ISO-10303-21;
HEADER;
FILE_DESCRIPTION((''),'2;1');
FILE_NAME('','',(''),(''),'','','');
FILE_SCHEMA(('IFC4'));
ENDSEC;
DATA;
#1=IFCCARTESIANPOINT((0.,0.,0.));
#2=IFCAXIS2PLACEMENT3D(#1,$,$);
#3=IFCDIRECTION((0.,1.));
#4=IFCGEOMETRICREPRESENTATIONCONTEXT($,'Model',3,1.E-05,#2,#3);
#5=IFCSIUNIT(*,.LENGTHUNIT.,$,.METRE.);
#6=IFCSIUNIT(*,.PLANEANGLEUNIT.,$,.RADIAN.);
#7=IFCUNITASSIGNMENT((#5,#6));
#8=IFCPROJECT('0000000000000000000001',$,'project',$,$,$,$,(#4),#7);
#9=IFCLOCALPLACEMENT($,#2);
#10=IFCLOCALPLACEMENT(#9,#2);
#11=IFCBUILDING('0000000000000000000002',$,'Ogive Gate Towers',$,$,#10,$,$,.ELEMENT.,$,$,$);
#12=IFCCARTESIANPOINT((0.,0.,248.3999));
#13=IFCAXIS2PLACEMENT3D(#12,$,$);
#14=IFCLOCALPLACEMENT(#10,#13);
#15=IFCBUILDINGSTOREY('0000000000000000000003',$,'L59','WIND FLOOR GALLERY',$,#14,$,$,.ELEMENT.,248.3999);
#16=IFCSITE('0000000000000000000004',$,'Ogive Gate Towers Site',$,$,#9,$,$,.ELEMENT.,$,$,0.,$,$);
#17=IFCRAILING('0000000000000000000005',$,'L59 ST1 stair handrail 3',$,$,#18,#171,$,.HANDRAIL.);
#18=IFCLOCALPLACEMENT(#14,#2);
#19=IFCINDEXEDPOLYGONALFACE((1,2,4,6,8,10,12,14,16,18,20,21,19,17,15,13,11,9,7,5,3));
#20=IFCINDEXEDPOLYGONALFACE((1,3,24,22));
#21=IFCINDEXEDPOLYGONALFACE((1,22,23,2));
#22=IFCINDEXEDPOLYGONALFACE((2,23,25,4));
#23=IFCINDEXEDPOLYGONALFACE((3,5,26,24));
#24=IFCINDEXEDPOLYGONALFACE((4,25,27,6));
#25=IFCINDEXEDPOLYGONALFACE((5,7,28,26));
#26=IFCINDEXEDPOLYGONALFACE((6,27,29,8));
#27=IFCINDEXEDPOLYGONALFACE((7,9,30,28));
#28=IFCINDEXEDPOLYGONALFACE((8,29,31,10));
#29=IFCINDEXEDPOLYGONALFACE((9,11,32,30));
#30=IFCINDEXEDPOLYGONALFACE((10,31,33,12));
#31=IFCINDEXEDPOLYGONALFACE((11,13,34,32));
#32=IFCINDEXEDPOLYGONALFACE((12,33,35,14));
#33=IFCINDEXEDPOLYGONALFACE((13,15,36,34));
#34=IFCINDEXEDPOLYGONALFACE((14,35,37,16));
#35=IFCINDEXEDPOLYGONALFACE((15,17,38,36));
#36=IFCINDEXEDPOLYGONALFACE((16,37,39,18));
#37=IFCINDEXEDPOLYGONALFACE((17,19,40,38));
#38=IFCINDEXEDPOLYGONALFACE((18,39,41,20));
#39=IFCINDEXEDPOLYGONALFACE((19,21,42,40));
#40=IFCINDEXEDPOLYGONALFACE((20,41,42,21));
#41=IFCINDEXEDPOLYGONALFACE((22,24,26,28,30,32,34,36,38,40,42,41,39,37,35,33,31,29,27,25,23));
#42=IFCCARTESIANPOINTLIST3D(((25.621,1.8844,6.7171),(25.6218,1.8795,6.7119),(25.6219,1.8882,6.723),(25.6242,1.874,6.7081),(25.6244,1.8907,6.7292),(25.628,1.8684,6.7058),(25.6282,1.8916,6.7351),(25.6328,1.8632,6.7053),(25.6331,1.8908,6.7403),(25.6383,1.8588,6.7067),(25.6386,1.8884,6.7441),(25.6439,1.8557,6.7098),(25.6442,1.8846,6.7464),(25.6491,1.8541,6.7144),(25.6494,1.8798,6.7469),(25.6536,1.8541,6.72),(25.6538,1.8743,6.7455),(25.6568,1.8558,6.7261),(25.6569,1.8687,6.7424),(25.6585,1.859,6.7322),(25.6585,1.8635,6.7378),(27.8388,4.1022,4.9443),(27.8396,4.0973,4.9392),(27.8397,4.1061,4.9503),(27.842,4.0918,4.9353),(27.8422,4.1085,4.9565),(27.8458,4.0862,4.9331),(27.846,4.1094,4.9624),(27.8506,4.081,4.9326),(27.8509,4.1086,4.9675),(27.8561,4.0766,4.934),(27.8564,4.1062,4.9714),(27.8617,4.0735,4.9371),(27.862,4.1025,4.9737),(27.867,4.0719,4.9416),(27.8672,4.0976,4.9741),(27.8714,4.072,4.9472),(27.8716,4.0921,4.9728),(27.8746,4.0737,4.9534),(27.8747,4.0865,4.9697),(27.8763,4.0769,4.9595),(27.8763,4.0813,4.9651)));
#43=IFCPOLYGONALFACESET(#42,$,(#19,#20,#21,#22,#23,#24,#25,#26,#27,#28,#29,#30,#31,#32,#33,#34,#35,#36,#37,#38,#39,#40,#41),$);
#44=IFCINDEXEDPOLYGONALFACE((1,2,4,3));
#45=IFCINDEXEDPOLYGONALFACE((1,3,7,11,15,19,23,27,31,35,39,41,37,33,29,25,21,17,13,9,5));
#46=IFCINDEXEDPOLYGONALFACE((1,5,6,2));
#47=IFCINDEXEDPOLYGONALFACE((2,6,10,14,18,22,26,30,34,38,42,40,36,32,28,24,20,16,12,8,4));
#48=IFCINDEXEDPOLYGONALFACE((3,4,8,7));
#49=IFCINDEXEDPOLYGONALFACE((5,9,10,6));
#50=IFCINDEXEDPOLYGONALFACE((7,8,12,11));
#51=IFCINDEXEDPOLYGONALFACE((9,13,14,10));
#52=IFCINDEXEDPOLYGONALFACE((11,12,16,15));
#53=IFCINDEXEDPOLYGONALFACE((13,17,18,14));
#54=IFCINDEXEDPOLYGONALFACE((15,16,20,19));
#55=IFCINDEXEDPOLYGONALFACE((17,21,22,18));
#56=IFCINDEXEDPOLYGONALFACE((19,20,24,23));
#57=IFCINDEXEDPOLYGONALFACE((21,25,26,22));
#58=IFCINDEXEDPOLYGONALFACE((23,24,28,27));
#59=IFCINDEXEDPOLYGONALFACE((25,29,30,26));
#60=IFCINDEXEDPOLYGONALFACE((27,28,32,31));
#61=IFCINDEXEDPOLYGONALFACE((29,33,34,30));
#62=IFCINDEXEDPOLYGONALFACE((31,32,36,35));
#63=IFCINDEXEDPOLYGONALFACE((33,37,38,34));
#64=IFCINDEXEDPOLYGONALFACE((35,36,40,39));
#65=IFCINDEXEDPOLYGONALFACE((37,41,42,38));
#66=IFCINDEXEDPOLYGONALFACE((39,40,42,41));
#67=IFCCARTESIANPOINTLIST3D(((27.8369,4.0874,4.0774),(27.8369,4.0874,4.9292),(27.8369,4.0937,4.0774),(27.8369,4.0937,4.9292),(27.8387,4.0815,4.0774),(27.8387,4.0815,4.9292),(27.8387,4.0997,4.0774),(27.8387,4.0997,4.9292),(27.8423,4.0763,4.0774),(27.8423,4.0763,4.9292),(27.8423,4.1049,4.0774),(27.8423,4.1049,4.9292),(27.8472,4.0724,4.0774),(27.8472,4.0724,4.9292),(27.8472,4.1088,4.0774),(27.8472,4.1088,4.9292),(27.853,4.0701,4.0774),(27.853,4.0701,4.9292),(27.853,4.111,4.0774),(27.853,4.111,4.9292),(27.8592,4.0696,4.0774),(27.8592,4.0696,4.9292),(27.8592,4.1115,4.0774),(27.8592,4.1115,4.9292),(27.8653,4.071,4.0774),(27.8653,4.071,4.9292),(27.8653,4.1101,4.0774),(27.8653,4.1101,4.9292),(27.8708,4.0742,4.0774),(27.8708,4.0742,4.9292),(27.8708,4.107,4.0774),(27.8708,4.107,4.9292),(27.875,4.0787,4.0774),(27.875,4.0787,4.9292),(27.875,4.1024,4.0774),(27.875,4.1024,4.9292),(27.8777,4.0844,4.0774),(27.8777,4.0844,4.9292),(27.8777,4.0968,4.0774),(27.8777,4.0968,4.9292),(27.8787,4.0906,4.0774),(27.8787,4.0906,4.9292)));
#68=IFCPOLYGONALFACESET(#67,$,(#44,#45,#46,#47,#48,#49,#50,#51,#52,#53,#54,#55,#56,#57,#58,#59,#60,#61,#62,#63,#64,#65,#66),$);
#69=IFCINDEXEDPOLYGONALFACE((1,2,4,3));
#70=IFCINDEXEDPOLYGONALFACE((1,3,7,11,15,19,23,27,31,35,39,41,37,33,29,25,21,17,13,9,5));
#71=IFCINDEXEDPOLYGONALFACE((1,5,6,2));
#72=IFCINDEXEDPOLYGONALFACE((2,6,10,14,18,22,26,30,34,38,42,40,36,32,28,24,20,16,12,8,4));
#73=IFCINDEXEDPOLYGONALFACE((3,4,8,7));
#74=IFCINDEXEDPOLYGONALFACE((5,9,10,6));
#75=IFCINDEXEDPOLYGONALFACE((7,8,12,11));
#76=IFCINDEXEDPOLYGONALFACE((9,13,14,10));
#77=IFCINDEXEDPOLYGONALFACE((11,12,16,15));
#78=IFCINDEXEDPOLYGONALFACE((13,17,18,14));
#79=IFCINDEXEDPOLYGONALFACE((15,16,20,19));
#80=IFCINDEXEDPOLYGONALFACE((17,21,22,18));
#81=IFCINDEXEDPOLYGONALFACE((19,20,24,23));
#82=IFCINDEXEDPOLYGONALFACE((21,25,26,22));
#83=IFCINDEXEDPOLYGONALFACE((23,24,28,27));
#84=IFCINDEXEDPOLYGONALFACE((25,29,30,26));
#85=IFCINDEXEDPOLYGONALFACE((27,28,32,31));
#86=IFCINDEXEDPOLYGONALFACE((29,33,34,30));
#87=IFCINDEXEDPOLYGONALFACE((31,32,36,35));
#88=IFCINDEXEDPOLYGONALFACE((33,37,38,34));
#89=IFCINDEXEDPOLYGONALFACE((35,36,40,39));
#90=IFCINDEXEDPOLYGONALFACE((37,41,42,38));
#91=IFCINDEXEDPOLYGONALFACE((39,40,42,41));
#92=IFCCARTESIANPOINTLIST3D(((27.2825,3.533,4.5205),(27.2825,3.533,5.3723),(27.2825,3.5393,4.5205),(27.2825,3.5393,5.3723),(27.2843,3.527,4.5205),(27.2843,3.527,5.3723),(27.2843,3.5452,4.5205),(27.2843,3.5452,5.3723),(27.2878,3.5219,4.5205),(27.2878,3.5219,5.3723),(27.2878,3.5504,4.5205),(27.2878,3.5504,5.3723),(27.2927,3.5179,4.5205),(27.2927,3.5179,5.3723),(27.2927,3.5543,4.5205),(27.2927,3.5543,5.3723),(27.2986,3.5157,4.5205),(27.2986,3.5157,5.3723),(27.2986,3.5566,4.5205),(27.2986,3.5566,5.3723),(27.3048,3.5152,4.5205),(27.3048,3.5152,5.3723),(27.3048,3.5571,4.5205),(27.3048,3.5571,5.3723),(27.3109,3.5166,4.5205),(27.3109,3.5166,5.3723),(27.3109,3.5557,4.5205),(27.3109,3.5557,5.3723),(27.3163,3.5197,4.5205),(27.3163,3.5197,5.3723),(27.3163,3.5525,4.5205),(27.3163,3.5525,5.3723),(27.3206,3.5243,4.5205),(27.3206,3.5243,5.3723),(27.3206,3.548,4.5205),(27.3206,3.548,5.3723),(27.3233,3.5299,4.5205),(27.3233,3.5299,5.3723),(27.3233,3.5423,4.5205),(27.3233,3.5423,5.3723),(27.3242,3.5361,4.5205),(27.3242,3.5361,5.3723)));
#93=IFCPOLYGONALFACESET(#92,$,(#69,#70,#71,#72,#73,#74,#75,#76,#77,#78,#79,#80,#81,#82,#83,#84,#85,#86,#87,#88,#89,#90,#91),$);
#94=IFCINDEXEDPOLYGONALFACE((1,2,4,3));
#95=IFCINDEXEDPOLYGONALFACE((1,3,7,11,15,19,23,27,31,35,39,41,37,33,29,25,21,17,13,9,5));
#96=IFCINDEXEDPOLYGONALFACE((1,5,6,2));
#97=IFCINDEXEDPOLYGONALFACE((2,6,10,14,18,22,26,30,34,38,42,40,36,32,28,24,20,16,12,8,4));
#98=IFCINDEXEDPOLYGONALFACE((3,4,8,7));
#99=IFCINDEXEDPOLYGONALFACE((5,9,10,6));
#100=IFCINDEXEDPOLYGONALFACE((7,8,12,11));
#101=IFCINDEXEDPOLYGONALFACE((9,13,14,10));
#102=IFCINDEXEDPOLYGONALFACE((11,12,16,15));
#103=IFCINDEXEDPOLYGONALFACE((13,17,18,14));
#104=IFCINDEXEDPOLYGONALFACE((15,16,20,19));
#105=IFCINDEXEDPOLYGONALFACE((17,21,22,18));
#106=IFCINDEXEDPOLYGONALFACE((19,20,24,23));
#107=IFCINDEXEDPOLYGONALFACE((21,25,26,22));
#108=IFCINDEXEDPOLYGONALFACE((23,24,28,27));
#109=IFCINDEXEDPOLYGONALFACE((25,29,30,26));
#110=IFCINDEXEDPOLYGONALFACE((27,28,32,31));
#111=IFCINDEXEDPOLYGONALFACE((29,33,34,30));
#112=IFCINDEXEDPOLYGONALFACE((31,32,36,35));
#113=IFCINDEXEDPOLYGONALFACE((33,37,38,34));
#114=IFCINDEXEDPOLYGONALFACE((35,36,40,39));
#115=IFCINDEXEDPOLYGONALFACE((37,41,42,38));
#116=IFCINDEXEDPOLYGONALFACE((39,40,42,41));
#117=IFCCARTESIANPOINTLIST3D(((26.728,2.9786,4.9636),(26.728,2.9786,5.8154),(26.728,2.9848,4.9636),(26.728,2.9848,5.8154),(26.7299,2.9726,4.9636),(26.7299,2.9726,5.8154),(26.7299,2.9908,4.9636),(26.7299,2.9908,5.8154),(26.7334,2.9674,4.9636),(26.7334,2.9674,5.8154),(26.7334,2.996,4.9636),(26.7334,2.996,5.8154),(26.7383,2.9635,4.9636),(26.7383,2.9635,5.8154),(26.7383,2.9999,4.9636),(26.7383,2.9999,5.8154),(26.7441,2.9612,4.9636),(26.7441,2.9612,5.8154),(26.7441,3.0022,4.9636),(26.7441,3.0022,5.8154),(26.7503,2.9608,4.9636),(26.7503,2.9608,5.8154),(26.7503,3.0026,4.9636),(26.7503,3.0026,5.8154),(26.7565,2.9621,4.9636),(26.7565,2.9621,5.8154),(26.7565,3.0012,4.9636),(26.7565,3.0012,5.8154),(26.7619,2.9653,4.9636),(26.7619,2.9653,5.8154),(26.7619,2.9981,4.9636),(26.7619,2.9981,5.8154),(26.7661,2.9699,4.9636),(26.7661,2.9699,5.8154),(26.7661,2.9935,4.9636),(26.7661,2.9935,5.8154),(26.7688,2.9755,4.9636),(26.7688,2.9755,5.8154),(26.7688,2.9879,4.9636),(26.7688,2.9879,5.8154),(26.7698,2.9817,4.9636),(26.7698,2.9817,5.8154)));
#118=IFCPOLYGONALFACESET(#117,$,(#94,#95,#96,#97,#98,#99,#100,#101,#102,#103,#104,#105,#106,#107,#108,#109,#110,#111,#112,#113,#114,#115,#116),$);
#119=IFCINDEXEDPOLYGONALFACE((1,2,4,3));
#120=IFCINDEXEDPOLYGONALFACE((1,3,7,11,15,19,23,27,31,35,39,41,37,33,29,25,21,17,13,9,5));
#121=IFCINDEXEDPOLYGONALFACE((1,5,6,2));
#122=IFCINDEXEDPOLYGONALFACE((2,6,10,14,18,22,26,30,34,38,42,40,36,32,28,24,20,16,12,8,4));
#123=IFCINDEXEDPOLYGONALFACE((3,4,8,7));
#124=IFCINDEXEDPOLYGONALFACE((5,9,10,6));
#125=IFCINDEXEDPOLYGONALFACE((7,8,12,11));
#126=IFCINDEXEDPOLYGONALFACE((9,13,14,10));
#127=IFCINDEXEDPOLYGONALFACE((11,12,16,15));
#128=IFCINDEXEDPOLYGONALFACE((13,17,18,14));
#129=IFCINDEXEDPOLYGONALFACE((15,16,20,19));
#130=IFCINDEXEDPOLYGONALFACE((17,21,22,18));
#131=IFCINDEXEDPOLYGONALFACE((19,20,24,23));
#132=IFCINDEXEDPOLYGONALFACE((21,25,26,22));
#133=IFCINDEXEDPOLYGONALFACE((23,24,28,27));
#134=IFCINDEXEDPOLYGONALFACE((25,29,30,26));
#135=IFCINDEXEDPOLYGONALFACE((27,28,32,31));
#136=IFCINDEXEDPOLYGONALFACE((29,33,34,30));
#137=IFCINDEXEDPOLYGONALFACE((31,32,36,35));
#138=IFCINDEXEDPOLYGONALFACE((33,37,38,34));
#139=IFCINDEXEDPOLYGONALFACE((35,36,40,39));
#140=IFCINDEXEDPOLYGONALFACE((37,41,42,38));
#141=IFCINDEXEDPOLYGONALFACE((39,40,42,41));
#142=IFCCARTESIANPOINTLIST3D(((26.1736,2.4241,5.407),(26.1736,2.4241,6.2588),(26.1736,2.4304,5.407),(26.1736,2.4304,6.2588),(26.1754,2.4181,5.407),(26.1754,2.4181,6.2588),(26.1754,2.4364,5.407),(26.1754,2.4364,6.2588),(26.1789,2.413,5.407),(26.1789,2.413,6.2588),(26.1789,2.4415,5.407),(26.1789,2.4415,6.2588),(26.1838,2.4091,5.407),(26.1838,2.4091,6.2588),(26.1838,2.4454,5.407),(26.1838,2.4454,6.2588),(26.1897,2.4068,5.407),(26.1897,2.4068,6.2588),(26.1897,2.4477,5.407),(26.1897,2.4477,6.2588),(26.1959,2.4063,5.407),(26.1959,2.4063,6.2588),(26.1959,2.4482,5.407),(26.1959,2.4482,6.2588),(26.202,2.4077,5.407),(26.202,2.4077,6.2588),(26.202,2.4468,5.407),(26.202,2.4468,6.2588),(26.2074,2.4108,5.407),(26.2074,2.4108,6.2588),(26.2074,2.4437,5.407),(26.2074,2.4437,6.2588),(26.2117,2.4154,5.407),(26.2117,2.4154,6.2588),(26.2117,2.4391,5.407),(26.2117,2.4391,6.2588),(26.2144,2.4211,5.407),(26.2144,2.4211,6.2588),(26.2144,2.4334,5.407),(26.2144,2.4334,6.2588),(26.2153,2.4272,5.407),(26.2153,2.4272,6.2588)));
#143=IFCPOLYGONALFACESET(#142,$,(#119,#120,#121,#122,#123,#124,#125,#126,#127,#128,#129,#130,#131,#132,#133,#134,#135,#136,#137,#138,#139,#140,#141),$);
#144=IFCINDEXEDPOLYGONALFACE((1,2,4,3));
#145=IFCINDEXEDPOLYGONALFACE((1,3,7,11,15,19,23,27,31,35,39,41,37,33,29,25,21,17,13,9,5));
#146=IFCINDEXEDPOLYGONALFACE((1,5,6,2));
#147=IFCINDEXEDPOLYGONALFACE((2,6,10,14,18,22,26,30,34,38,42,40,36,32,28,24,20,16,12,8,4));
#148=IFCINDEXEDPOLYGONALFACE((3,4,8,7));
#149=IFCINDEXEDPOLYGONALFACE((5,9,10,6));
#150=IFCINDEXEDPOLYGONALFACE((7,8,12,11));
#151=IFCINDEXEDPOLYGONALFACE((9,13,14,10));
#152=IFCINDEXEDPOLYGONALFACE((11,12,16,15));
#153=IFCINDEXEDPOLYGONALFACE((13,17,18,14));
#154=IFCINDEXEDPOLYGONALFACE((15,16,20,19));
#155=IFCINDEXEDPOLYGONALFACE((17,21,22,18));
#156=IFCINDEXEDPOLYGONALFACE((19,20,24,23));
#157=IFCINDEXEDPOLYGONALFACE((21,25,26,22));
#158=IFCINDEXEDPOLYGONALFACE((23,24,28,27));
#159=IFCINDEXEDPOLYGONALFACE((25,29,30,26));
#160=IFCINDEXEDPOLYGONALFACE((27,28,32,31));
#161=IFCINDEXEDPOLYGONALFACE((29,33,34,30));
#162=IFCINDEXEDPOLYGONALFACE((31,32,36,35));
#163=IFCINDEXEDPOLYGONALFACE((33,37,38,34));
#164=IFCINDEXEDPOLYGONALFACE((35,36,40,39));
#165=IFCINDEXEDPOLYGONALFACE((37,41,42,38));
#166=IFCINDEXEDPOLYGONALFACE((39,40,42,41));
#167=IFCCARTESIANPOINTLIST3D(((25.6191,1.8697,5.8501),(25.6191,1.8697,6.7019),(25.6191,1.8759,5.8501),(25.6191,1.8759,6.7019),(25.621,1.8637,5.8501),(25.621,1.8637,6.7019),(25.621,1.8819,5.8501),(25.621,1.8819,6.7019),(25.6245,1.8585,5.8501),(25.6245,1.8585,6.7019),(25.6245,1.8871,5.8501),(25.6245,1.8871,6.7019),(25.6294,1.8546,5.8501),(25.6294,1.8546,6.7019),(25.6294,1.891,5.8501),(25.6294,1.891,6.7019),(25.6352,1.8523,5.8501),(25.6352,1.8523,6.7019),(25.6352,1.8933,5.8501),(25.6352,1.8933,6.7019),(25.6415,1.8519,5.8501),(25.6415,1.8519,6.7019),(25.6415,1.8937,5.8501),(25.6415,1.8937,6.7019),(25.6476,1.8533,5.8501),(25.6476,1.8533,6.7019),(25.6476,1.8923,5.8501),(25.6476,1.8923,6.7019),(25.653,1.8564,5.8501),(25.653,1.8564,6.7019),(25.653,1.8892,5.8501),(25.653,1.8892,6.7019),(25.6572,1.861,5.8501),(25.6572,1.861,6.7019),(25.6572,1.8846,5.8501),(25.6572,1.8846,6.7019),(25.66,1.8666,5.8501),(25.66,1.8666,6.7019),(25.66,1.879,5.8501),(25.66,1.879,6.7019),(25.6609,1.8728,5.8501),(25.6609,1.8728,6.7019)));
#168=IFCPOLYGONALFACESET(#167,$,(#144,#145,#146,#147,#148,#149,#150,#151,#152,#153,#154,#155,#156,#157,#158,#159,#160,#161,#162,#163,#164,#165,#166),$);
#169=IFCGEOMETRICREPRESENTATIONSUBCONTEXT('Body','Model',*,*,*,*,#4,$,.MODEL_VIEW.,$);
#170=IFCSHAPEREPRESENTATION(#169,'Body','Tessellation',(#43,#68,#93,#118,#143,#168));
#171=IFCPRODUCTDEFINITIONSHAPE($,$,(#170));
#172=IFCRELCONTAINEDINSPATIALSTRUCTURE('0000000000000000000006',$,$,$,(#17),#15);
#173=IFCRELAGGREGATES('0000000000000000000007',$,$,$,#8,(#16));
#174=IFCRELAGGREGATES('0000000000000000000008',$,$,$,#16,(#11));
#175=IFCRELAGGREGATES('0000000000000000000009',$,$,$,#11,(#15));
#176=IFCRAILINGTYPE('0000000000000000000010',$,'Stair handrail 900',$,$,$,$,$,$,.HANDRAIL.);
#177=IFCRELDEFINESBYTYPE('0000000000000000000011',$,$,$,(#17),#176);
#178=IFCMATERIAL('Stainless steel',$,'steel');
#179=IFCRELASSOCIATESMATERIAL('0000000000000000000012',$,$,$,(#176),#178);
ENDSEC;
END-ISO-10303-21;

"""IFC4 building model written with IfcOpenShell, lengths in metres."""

from ifc_helpers import new_model, si_unit, direction, frame, origin, origin_2d, place, context, subcontext, project, spatial, circle, extrude, material, type_object, element, save


model = new_model("IFC4")

# Units and contexts
model_context = context("Model", 3, precision=1e-05, world=origin(), true_north=direction((0.0, 1.0)))
body_context = subcontext(model_context, "Body", "Model", "MODEL_VIEW")
ifc_project = project(units=[si_unit("LENGTHUNIT", "METRE"), si_unit("PLANEANGLEUNIT", "RADIAN")], contexts=[model_context])

# Site, building, storey
site_placement = place(None, origin())
site = spatial("IfcSite", under=ifc_project, at=site_placement, Name="Ogive Gate Towers Site", CompositionType="ELEMENT", RefElevation=0.0)
building_placement = place(site_placement, origin())
building = spatial("IfcBuilding", under=site, at=building_placement, Name="Ogive Gate Towers", CompositionType="ELEMENT")
storey_placement = place(building_placement, frame((0.0, 0.0, 248.3999)))
storey = spatial("IfcBuildingStorey", under=building, at=storey_placement, Name="L59", Description="WIND FLOOR GALLERY", CompositionType="ELEMENT", Elevation=248.3999)

# Railing
ifc_material_1 = material(Name="Stainless steel", Category="steel")
railing_type_1 = type_object("IfcRailingType", Name="Stair handrail 900", PredefinedType="HANDRAIL", material=ifc_material_1)
for number, where, name in (
    (1, (27.8577, 4.0906, 4.0774), "L59 ST1 stair handrail 3"),
):
    element("IfcRailing", number, at=place(storey_placement, frame(where)), inside=storey, type_object=railing_type_1, Name=name, PredefinedType="HANDRAIL", context=body_context, shape_type="SweptSolid", body=[
        extrude(circle(Radius=0.0239, at=origin_2d()), frame((0.0, 0.0, 0.876), z_axis=(-0.615585, -0.615585, 0.492048), x_axis=(0.707107, -0.707107, 0.0)), (0.0, 0.0, 1.0), 3.6028),
        extrude(circle(Radius=0.021, at=origin_2d()), origin(), (0.0, 0.0, 1.0), 0.8518),
        extrude(circle(Radius=0.021, at=origin_2d()), frame((-0.5544, -0.5544, 0.4431)), (0.0, 0.0, 1.0), 0.8518),
        extrude(circle(Radius=0.021, at=origin_2d()), frame((-1.1089, -1.1089, 0.8862)), (0.0, 0.0, 1.0), 0.8518),
        extrude(circle(Radius=0.021, at=origin_2d()), frame((-1.6633, -1.6633, 1.3296)), (0.0, 0.0, 1.0), 0.8518),
        extrude(circle(Radius=0.021, at=origin_2d()), frame((-2.2178, -2.2178, 1.7727)), (0.0, 0.0, 1.0), 0.8518),
    ])

save(model, "model.ifc")
